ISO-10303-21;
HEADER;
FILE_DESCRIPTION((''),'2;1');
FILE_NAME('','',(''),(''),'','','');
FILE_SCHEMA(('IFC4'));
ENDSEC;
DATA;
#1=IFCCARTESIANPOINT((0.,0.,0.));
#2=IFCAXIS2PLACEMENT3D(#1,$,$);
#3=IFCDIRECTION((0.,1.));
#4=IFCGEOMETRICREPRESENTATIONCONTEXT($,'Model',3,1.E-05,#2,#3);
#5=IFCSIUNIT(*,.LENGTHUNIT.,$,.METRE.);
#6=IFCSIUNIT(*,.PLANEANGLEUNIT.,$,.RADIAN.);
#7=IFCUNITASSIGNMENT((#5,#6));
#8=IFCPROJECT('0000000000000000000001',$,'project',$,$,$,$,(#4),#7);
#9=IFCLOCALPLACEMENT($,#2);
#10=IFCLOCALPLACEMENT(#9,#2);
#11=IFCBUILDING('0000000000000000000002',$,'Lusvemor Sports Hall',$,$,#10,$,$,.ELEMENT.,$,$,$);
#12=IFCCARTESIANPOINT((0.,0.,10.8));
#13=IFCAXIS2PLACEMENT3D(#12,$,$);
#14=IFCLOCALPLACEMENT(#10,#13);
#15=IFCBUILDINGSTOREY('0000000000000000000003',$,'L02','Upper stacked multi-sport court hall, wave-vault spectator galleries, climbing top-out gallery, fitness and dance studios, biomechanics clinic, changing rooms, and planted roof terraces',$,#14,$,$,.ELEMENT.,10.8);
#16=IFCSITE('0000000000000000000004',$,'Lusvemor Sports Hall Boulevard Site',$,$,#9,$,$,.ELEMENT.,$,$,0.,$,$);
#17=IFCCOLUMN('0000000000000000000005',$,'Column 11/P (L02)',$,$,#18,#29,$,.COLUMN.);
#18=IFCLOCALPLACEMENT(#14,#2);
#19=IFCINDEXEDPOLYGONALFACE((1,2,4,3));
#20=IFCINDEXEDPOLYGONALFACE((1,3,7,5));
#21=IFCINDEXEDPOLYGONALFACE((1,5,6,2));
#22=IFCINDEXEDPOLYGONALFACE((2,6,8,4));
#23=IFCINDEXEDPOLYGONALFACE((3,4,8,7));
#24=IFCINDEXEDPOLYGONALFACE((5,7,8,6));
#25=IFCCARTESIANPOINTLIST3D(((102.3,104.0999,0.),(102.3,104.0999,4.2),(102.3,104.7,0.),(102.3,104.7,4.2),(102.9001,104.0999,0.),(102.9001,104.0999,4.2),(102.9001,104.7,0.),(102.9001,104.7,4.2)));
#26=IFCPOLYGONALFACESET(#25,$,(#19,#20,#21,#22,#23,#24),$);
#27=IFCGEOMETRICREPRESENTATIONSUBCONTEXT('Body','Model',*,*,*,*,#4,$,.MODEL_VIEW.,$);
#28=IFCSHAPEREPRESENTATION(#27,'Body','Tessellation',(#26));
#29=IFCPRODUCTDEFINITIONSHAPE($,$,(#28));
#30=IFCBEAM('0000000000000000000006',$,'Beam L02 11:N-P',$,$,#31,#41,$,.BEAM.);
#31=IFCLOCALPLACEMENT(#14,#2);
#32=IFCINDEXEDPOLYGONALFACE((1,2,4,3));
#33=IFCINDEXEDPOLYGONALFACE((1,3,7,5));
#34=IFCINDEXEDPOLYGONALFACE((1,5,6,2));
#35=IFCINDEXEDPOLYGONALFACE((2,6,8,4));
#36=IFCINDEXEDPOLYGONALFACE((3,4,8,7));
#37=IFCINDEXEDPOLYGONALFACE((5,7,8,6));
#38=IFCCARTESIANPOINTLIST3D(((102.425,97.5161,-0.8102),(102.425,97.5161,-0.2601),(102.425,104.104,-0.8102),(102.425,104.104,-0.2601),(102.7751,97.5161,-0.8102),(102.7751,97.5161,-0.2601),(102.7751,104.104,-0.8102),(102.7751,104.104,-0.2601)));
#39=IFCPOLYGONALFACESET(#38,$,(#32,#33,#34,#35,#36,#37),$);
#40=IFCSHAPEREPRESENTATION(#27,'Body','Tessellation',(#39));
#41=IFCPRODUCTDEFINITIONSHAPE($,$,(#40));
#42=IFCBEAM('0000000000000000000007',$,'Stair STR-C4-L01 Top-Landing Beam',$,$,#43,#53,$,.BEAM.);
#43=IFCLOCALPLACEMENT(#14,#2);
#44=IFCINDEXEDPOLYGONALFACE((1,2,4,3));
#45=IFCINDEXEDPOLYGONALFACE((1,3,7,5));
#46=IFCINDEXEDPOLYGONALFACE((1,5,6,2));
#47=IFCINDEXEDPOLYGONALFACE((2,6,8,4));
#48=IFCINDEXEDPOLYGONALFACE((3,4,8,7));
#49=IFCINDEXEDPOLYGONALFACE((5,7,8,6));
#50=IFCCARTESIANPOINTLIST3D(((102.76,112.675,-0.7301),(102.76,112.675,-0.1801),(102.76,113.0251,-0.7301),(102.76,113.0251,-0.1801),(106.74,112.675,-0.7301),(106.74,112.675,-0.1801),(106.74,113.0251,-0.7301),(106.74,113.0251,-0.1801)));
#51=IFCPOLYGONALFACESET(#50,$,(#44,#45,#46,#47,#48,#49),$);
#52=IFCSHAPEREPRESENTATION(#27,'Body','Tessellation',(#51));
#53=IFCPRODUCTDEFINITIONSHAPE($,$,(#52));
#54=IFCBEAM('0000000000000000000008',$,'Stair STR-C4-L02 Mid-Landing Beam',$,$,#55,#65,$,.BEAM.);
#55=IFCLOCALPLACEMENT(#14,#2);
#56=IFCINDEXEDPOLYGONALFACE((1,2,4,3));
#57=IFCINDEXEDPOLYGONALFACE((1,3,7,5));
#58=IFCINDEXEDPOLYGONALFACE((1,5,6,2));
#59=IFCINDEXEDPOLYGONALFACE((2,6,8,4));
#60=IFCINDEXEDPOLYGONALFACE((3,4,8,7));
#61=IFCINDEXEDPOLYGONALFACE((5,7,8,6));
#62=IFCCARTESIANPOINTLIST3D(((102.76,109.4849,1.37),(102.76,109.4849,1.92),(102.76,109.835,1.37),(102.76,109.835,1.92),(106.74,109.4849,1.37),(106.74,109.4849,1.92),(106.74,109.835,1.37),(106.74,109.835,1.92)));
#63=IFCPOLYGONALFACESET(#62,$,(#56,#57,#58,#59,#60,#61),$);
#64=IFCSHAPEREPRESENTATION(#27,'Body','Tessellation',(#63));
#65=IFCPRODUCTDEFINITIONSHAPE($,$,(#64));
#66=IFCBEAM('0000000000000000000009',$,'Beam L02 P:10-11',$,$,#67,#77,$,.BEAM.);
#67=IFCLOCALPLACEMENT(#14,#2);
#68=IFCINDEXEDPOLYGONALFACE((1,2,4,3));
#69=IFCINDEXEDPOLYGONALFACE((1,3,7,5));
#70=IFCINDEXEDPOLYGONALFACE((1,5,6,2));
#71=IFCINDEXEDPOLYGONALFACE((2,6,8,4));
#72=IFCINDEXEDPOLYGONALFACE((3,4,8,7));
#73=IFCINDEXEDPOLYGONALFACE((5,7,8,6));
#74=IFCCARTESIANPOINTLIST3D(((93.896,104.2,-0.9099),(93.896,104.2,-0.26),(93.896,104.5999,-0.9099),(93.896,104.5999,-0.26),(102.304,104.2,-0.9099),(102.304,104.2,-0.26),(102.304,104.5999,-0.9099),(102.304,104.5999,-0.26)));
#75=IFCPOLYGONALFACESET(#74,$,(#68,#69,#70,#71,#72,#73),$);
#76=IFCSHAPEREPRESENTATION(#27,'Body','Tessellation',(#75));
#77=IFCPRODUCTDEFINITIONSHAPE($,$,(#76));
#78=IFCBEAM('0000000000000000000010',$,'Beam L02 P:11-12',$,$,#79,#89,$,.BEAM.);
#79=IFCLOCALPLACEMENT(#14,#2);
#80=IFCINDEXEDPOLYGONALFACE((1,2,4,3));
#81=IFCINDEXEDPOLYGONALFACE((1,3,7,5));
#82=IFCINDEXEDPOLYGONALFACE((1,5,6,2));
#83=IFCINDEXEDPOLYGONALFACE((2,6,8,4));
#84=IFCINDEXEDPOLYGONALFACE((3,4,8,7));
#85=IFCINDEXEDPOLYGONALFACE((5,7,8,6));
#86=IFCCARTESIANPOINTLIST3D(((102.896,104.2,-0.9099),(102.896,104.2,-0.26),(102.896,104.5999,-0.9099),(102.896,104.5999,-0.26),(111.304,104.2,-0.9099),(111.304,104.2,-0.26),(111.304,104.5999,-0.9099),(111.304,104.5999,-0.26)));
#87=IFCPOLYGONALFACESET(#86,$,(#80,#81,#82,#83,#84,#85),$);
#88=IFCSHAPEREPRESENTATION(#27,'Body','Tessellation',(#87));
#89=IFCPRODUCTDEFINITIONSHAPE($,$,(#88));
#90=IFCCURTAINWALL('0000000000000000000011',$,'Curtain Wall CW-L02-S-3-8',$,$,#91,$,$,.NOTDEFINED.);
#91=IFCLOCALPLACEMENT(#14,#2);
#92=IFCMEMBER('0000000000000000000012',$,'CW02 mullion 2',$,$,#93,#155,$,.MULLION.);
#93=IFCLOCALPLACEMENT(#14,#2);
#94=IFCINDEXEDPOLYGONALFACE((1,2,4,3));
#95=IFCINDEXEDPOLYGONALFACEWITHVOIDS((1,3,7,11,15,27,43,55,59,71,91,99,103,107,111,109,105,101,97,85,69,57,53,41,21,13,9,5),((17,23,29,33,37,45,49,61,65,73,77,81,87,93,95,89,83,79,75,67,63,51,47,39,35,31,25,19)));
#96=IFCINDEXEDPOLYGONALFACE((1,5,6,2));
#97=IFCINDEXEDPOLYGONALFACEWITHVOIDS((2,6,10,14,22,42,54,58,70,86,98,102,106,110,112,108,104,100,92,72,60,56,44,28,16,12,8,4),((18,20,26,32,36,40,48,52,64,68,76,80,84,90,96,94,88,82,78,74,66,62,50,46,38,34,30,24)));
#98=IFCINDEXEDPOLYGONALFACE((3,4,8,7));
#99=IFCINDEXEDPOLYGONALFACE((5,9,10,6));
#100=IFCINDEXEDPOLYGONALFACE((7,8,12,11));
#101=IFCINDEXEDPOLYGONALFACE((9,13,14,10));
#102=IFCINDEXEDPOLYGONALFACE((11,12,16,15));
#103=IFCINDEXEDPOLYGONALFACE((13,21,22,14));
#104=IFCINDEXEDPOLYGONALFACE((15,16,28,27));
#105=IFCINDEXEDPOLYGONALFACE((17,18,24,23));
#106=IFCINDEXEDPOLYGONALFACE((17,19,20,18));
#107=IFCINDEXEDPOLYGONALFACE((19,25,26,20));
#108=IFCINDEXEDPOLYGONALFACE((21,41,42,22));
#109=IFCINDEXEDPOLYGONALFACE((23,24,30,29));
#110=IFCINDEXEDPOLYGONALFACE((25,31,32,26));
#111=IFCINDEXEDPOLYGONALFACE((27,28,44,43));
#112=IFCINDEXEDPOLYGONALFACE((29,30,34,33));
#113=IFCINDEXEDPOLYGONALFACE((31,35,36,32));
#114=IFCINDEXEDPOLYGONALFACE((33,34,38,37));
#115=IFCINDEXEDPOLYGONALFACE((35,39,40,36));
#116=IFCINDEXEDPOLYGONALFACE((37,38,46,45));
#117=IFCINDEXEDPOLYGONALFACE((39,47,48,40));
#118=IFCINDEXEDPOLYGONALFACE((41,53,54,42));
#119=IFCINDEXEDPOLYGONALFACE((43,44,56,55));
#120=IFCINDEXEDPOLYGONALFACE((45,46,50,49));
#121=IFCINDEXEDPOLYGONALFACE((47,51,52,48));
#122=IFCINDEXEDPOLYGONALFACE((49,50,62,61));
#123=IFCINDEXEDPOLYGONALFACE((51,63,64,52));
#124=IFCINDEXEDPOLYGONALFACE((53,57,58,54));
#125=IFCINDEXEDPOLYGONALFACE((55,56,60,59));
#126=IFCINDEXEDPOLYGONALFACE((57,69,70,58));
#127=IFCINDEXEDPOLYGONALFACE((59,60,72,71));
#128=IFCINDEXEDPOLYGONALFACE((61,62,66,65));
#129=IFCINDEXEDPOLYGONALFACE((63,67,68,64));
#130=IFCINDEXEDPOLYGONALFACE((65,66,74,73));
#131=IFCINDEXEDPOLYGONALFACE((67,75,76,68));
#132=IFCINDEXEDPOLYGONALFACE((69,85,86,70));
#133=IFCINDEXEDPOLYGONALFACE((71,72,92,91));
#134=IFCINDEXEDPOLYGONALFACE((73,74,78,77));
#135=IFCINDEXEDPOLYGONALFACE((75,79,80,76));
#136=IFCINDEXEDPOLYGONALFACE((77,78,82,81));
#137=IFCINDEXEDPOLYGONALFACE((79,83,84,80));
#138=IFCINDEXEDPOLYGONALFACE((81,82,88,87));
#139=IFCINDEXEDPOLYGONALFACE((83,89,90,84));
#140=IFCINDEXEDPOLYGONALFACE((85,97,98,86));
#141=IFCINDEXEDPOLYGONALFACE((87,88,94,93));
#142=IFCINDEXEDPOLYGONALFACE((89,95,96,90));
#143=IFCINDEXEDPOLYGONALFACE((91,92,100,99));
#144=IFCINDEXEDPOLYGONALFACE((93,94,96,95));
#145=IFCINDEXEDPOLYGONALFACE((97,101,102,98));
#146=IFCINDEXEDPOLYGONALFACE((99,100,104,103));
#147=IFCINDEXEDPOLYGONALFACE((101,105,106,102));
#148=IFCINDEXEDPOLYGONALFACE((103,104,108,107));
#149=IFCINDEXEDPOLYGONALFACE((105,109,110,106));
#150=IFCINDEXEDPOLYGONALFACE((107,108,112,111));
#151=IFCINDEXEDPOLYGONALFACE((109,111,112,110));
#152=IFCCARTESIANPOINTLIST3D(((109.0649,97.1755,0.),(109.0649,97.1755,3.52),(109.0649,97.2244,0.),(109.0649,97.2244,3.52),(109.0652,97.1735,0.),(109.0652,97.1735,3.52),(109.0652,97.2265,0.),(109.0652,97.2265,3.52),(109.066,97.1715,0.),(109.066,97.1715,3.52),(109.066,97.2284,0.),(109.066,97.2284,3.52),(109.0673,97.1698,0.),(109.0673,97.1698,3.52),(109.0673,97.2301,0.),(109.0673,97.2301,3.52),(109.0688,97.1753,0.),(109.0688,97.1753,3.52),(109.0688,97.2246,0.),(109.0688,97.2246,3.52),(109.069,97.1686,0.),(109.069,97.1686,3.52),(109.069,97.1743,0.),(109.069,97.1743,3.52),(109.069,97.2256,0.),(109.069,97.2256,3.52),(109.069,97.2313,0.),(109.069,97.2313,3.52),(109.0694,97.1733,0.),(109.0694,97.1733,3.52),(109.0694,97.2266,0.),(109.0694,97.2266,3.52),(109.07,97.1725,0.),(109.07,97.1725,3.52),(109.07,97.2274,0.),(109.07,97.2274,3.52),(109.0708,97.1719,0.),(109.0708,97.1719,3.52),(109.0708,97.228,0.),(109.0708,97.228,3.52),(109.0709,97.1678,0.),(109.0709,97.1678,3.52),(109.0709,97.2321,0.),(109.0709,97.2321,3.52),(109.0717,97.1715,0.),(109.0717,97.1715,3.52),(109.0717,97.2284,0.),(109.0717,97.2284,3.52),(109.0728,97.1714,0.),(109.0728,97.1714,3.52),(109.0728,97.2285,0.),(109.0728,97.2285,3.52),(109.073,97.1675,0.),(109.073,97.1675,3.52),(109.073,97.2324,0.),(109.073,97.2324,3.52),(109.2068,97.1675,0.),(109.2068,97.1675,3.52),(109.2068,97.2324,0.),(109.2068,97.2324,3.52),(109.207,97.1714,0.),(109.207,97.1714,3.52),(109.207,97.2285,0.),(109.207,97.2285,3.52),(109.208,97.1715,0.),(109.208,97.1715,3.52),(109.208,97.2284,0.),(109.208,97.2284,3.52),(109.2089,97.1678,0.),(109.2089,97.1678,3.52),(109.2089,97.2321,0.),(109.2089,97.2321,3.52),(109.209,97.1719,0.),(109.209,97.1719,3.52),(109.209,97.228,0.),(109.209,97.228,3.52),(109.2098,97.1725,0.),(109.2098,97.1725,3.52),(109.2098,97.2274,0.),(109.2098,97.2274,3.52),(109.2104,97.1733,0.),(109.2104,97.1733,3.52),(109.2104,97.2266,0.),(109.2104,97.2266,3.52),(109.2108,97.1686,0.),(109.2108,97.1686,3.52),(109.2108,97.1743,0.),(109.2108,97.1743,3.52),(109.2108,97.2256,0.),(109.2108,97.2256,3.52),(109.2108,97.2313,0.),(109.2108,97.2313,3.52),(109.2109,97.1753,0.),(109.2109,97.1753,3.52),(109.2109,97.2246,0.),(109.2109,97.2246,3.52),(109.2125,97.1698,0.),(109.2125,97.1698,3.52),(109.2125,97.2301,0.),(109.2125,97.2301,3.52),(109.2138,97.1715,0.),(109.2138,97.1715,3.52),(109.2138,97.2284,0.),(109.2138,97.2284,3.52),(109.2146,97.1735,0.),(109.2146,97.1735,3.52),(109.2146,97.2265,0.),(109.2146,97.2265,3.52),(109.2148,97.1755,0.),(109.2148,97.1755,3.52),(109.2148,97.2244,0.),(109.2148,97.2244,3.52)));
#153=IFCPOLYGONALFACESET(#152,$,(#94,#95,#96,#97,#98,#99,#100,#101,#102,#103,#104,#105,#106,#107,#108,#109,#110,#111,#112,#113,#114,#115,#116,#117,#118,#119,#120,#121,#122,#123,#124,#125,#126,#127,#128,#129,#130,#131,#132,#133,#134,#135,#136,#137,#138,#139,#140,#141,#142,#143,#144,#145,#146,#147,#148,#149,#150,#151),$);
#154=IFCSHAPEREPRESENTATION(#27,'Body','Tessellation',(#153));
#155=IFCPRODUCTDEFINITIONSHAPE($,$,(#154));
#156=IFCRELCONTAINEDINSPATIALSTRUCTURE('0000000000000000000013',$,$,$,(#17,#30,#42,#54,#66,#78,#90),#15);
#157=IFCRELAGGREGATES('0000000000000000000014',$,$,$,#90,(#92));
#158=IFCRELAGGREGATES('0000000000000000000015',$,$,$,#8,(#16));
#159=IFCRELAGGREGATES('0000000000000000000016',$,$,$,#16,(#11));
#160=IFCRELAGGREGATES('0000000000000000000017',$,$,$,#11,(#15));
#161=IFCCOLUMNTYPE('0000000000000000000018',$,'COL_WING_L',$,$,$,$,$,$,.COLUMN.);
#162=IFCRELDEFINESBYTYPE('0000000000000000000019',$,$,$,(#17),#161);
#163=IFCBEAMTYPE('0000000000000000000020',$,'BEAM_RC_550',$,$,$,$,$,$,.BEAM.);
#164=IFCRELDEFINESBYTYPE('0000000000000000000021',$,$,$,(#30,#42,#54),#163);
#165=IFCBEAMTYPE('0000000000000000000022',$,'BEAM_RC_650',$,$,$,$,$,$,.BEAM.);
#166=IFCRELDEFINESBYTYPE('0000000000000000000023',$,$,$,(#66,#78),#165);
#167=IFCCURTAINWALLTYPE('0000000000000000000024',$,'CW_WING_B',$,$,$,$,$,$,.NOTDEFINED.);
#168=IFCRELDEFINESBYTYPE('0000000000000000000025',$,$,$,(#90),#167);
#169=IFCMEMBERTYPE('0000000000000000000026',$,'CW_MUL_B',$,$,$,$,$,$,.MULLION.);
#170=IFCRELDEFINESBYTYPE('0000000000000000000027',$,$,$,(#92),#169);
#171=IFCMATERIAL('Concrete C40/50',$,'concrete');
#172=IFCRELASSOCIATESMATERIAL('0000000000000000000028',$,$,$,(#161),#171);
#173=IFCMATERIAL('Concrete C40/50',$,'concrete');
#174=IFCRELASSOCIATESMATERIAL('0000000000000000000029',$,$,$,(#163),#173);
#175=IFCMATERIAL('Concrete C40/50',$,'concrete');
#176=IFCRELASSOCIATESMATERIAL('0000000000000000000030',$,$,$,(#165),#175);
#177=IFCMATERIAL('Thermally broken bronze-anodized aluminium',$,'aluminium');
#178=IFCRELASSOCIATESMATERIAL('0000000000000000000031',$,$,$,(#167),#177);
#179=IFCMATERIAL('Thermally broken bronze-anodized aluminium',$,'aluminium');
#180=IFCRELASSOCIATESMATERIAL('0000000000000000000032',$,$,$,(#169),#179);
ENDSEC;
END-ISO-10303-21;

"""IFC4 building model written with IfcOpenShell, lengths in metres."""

from ifc_helpers import new_model, si_unit, direction, frame, origin, origin_2d, place, context, subcontext, project, spatial, rectangle, hollow_rectangle, extrude, material, material_profile, profile_set, type_object, element, aggregate, save


model = new_model("IFC4")

# Units and contexts
model_context = context("Model", 3, precision=1e-05, world=origin(), true_north=direction((0.0, 1.0)))
body_context = subcontext(model_context, "Body", "Model", "MODEL_VIEW")
ifc_project = project(units=[si_unit("LENGTHUNIT", "METRE"), si_unit("PLANEANGLEUNIT", "RADIAN")], contexts=[model_context])

# Site, building, storey
site_placement = place(None, origin())
site = spatial("IfcSite", under=ifc_project, at=site_placement, Name="Lusvemor Sports Hall Boulevard Site", CompositionType="ELEMENT", RefElevation=0.0)
building_placement = place(site_placement, origin())
building = spatial("IfcBuilding", under=site, at=building_placement, Name="Lusvemor Sports Hall", CompositionType="ELEMENT")
storey_placement = place(building_placement, frame((0.0, 0.0, 10.8)))
storey = spatial("IfcBuildingStorey", under=building, at=storey_placement, Name="L02", Description="Upper stacked multi-sport court hall, wave-vault spectator galleries, climbing top-out gallery, fitness and dance studios, biomechanics clinic, changing rooms, and planted roof terraces", CompositionType="ELEMENT", Elevation=10.8)

# Column
ifc_material_1 = material(Name="Concrete C40/50", Category="concrete")
ifc_material_profile_1 = material_profile(ifc_material_1, rectangle(XDim=0.6001, YDim=0.6001, at=origin_2d()), Name="RC600x600")
ifc_profile_set_1 = profile_set([ifc_material_profile_1], Name="Concrete C40/50")
column_type = type_object("IfcColumnType", Name="COL_WING_L", PredefinedType="COLUMN", material=ifc_profile_set_1)
column_placement = place(storey_placement, frame((102.6001, 104.3999, 0.0), z_axis=(0.0, 0.0, 1.0), x_axis=(1.0, 0.0, 0.0)))
element("IfcColumn", 1, at=column_placement, inside=storey, type_object=column_type, Name="Column 11/P (L02)", PredefinedType="COLUMN", context=body_context, shape_type="SweptSolid", body=[
    extrude(rectangle(XDim=0.6001, YDim=0.6001, at=origin_2d()), origin(), (0.0, 0.0, 1.0), 4.2),
])

# Beams
ifc_material_2 = material(Name="Concrete C40/50", Category="concrete")
ifc_material_profile_2 = material_profile(ifc_material_2, rectangle(XDim=0.3501, YDim=0.55, at=origin_2d()), Name="RC350x550")
ifc_profile_set_2 = profile_set([ifc_material_profile_2], Name="Concrete C40/50")
beam_type_1 = type_object("IfcBeamType", Name="BEAM_RC_550", PredefinedType="BEAM", material=ifc_profile_set_2)
beam_1_placement = place(storey_placement, frame((102.6001, 97.5161, -0.5352), z_axis=(0.0, 1.0, 0.0), x_axis=(-1.0, 0.0, 0.0)))
element("IfcBeam", 2, at=beam_1_placement, inside=storey, type_object=beam_type_1, Name="Beam L02 11:N-P", PredefinedType="BEAM", context=body_context, shape_type="SweptSolid", body=[
    extrude(rectangle(XDim=0.3501, YDim=0.55, at=origin_2d()), origin(), (0.0, 0.0, 1.0), 6.5879),
])
for number, where, z_axis, x_axis, name in (
    (3, (102.76, 112.8501, -0.4551), (1.0, 0.0, 0.0), (0.0, 1.0, 0.0), "Stair STR-C4-L01 Top-Landing Beam"),
    (4, (102.76, 109.6599, 1.645), (1.0, 0.0, 0.0), (0.0, 1.0, 0.0), "Stair STR-C4-L02 Mid-Landing Beam"),
):
    element("IfcBeam", number, at=place(storey_placement, frame(where, z_axis=z_axis, x_axis=x_axis)), inside=storey, type_object=beam_type_1, Name=name, PredefinedType="BEAM", context=body_context, shape_type="SweptSolid", body=[
        extrude(rectangle(XDim=0.3501, YDim=0.55, at=origin_2d()), origin(), (0.0, 0.0, 1.0), 3.98),
    ])
ifc_material_3 = material(Name="Concrete C40/50", Category="concrete")
ifc_material_profile_3 = material_profile(ifc_material_3, rectangle(XDim=0.3999, YDim=0.6499, at=origin_2d()), Name="RC400x650")
ifc_profile_set_3 = profile_set([ifc_material_profile_3], Name="Concrete C40/50")
beam_type_2 = type_object("IfcBeamType", Name="BEAM_RC_650", PredefinedType="BEAM", material=ifc_profile_set_3)
for number, where, z_axis, x_axis, name in (
    (5, (93.896, 104.3999, -0.585), (1.0, 0.0, 0.0), (0.0, 1.0, 0.0), "Beam L02 P:10-11"),
    (6, (102.896, 104.3999, -0.585), (1.0, 0.0, 0.0), (0.0, 1.0, 0.0), "Beam L02 P:11-12"),
):
    element("IfcBeam", number, at=place(storey_placement, frame(where, z_axis=z_axis, x_axis=x_axis)), inside=storey, type_object=beam_type_2, Name=name, PredefinedType="BEAM", context=body_context, shape_type="SweptSolid", body=[
        extrude(rectangle(XDim=0.3999, YDim=0.6499, at=origin_2d()), origin(), (0.0, 0.0, 1.0), 8.408),
    ])

# Curtain wall, member
ifc_material_4 = material(Name="Thermally broken bronze-anodized aluminium", Category="aluminium")
curtain_wall_type = type_object("IfcCurtainWallType", Name="CW_WING_B", PredefinedType="NOTDEFINED", material=ifc_material_4)
curtain_wall_placement = place(storey_placement, origin())
curtain_wall = element("IfcCurtainWall", 7, at=curtain_wall_placement, inside=storey, type_object=curtain_wall_type, Name="Curtain Wall CW-L02-S-3-8", PredefinedType="NOTDEFINED")
ifc_material_5 = material(Name="Thermally broken bronze-anodized aluminium", Category="aluminium")
ifc_material_profile_4 = material_profile(ifc_material_5, hollow_rectangle(XDim=0.0649, YDim=0.1499, WallThickness=0.0039, InnerFilletRadius=0.0039, OuterFilletRadius=0.0081, at=origin_2d()), Name="CWMUL150x65x4")
ifc_profile_set_4 = profile_set([ifc_material_profile_4], Name="Thermally broken bronze-anodized aluminium")
member_type_1 = type_object("IfcMemberType", Name="CW_MUL_B", PredefinedType="MULLION", material=ifc_profile_set_4)
member_1_placement = place(storey_placement, frame((109.1399, 97.2, 0.0), z_axis=(0.0, 0.0, 1.0), x_axis=(0.0, -1.0, 0.0)))
member_1 = element("IfcMember", 8, at=member_1_placement, type_object=member_type_1, Name="CW02 mullion 2", PredefinedType="MULLION", context=body_context, shape_type="SweptSolid", body=[
    extrude(hollow_rectangle(XDim=0.0649, YDim=0.1499, WallThickness=0.0039, InnerFilletRadius=0.0039, OuterFilletRadius=0.0081, at=origin_2d()), origin(), (0.0, 0.0, 1.0), 3.52),
])

aggregate(curtain_wall, [member_1])

save(model, "model.ifc")
